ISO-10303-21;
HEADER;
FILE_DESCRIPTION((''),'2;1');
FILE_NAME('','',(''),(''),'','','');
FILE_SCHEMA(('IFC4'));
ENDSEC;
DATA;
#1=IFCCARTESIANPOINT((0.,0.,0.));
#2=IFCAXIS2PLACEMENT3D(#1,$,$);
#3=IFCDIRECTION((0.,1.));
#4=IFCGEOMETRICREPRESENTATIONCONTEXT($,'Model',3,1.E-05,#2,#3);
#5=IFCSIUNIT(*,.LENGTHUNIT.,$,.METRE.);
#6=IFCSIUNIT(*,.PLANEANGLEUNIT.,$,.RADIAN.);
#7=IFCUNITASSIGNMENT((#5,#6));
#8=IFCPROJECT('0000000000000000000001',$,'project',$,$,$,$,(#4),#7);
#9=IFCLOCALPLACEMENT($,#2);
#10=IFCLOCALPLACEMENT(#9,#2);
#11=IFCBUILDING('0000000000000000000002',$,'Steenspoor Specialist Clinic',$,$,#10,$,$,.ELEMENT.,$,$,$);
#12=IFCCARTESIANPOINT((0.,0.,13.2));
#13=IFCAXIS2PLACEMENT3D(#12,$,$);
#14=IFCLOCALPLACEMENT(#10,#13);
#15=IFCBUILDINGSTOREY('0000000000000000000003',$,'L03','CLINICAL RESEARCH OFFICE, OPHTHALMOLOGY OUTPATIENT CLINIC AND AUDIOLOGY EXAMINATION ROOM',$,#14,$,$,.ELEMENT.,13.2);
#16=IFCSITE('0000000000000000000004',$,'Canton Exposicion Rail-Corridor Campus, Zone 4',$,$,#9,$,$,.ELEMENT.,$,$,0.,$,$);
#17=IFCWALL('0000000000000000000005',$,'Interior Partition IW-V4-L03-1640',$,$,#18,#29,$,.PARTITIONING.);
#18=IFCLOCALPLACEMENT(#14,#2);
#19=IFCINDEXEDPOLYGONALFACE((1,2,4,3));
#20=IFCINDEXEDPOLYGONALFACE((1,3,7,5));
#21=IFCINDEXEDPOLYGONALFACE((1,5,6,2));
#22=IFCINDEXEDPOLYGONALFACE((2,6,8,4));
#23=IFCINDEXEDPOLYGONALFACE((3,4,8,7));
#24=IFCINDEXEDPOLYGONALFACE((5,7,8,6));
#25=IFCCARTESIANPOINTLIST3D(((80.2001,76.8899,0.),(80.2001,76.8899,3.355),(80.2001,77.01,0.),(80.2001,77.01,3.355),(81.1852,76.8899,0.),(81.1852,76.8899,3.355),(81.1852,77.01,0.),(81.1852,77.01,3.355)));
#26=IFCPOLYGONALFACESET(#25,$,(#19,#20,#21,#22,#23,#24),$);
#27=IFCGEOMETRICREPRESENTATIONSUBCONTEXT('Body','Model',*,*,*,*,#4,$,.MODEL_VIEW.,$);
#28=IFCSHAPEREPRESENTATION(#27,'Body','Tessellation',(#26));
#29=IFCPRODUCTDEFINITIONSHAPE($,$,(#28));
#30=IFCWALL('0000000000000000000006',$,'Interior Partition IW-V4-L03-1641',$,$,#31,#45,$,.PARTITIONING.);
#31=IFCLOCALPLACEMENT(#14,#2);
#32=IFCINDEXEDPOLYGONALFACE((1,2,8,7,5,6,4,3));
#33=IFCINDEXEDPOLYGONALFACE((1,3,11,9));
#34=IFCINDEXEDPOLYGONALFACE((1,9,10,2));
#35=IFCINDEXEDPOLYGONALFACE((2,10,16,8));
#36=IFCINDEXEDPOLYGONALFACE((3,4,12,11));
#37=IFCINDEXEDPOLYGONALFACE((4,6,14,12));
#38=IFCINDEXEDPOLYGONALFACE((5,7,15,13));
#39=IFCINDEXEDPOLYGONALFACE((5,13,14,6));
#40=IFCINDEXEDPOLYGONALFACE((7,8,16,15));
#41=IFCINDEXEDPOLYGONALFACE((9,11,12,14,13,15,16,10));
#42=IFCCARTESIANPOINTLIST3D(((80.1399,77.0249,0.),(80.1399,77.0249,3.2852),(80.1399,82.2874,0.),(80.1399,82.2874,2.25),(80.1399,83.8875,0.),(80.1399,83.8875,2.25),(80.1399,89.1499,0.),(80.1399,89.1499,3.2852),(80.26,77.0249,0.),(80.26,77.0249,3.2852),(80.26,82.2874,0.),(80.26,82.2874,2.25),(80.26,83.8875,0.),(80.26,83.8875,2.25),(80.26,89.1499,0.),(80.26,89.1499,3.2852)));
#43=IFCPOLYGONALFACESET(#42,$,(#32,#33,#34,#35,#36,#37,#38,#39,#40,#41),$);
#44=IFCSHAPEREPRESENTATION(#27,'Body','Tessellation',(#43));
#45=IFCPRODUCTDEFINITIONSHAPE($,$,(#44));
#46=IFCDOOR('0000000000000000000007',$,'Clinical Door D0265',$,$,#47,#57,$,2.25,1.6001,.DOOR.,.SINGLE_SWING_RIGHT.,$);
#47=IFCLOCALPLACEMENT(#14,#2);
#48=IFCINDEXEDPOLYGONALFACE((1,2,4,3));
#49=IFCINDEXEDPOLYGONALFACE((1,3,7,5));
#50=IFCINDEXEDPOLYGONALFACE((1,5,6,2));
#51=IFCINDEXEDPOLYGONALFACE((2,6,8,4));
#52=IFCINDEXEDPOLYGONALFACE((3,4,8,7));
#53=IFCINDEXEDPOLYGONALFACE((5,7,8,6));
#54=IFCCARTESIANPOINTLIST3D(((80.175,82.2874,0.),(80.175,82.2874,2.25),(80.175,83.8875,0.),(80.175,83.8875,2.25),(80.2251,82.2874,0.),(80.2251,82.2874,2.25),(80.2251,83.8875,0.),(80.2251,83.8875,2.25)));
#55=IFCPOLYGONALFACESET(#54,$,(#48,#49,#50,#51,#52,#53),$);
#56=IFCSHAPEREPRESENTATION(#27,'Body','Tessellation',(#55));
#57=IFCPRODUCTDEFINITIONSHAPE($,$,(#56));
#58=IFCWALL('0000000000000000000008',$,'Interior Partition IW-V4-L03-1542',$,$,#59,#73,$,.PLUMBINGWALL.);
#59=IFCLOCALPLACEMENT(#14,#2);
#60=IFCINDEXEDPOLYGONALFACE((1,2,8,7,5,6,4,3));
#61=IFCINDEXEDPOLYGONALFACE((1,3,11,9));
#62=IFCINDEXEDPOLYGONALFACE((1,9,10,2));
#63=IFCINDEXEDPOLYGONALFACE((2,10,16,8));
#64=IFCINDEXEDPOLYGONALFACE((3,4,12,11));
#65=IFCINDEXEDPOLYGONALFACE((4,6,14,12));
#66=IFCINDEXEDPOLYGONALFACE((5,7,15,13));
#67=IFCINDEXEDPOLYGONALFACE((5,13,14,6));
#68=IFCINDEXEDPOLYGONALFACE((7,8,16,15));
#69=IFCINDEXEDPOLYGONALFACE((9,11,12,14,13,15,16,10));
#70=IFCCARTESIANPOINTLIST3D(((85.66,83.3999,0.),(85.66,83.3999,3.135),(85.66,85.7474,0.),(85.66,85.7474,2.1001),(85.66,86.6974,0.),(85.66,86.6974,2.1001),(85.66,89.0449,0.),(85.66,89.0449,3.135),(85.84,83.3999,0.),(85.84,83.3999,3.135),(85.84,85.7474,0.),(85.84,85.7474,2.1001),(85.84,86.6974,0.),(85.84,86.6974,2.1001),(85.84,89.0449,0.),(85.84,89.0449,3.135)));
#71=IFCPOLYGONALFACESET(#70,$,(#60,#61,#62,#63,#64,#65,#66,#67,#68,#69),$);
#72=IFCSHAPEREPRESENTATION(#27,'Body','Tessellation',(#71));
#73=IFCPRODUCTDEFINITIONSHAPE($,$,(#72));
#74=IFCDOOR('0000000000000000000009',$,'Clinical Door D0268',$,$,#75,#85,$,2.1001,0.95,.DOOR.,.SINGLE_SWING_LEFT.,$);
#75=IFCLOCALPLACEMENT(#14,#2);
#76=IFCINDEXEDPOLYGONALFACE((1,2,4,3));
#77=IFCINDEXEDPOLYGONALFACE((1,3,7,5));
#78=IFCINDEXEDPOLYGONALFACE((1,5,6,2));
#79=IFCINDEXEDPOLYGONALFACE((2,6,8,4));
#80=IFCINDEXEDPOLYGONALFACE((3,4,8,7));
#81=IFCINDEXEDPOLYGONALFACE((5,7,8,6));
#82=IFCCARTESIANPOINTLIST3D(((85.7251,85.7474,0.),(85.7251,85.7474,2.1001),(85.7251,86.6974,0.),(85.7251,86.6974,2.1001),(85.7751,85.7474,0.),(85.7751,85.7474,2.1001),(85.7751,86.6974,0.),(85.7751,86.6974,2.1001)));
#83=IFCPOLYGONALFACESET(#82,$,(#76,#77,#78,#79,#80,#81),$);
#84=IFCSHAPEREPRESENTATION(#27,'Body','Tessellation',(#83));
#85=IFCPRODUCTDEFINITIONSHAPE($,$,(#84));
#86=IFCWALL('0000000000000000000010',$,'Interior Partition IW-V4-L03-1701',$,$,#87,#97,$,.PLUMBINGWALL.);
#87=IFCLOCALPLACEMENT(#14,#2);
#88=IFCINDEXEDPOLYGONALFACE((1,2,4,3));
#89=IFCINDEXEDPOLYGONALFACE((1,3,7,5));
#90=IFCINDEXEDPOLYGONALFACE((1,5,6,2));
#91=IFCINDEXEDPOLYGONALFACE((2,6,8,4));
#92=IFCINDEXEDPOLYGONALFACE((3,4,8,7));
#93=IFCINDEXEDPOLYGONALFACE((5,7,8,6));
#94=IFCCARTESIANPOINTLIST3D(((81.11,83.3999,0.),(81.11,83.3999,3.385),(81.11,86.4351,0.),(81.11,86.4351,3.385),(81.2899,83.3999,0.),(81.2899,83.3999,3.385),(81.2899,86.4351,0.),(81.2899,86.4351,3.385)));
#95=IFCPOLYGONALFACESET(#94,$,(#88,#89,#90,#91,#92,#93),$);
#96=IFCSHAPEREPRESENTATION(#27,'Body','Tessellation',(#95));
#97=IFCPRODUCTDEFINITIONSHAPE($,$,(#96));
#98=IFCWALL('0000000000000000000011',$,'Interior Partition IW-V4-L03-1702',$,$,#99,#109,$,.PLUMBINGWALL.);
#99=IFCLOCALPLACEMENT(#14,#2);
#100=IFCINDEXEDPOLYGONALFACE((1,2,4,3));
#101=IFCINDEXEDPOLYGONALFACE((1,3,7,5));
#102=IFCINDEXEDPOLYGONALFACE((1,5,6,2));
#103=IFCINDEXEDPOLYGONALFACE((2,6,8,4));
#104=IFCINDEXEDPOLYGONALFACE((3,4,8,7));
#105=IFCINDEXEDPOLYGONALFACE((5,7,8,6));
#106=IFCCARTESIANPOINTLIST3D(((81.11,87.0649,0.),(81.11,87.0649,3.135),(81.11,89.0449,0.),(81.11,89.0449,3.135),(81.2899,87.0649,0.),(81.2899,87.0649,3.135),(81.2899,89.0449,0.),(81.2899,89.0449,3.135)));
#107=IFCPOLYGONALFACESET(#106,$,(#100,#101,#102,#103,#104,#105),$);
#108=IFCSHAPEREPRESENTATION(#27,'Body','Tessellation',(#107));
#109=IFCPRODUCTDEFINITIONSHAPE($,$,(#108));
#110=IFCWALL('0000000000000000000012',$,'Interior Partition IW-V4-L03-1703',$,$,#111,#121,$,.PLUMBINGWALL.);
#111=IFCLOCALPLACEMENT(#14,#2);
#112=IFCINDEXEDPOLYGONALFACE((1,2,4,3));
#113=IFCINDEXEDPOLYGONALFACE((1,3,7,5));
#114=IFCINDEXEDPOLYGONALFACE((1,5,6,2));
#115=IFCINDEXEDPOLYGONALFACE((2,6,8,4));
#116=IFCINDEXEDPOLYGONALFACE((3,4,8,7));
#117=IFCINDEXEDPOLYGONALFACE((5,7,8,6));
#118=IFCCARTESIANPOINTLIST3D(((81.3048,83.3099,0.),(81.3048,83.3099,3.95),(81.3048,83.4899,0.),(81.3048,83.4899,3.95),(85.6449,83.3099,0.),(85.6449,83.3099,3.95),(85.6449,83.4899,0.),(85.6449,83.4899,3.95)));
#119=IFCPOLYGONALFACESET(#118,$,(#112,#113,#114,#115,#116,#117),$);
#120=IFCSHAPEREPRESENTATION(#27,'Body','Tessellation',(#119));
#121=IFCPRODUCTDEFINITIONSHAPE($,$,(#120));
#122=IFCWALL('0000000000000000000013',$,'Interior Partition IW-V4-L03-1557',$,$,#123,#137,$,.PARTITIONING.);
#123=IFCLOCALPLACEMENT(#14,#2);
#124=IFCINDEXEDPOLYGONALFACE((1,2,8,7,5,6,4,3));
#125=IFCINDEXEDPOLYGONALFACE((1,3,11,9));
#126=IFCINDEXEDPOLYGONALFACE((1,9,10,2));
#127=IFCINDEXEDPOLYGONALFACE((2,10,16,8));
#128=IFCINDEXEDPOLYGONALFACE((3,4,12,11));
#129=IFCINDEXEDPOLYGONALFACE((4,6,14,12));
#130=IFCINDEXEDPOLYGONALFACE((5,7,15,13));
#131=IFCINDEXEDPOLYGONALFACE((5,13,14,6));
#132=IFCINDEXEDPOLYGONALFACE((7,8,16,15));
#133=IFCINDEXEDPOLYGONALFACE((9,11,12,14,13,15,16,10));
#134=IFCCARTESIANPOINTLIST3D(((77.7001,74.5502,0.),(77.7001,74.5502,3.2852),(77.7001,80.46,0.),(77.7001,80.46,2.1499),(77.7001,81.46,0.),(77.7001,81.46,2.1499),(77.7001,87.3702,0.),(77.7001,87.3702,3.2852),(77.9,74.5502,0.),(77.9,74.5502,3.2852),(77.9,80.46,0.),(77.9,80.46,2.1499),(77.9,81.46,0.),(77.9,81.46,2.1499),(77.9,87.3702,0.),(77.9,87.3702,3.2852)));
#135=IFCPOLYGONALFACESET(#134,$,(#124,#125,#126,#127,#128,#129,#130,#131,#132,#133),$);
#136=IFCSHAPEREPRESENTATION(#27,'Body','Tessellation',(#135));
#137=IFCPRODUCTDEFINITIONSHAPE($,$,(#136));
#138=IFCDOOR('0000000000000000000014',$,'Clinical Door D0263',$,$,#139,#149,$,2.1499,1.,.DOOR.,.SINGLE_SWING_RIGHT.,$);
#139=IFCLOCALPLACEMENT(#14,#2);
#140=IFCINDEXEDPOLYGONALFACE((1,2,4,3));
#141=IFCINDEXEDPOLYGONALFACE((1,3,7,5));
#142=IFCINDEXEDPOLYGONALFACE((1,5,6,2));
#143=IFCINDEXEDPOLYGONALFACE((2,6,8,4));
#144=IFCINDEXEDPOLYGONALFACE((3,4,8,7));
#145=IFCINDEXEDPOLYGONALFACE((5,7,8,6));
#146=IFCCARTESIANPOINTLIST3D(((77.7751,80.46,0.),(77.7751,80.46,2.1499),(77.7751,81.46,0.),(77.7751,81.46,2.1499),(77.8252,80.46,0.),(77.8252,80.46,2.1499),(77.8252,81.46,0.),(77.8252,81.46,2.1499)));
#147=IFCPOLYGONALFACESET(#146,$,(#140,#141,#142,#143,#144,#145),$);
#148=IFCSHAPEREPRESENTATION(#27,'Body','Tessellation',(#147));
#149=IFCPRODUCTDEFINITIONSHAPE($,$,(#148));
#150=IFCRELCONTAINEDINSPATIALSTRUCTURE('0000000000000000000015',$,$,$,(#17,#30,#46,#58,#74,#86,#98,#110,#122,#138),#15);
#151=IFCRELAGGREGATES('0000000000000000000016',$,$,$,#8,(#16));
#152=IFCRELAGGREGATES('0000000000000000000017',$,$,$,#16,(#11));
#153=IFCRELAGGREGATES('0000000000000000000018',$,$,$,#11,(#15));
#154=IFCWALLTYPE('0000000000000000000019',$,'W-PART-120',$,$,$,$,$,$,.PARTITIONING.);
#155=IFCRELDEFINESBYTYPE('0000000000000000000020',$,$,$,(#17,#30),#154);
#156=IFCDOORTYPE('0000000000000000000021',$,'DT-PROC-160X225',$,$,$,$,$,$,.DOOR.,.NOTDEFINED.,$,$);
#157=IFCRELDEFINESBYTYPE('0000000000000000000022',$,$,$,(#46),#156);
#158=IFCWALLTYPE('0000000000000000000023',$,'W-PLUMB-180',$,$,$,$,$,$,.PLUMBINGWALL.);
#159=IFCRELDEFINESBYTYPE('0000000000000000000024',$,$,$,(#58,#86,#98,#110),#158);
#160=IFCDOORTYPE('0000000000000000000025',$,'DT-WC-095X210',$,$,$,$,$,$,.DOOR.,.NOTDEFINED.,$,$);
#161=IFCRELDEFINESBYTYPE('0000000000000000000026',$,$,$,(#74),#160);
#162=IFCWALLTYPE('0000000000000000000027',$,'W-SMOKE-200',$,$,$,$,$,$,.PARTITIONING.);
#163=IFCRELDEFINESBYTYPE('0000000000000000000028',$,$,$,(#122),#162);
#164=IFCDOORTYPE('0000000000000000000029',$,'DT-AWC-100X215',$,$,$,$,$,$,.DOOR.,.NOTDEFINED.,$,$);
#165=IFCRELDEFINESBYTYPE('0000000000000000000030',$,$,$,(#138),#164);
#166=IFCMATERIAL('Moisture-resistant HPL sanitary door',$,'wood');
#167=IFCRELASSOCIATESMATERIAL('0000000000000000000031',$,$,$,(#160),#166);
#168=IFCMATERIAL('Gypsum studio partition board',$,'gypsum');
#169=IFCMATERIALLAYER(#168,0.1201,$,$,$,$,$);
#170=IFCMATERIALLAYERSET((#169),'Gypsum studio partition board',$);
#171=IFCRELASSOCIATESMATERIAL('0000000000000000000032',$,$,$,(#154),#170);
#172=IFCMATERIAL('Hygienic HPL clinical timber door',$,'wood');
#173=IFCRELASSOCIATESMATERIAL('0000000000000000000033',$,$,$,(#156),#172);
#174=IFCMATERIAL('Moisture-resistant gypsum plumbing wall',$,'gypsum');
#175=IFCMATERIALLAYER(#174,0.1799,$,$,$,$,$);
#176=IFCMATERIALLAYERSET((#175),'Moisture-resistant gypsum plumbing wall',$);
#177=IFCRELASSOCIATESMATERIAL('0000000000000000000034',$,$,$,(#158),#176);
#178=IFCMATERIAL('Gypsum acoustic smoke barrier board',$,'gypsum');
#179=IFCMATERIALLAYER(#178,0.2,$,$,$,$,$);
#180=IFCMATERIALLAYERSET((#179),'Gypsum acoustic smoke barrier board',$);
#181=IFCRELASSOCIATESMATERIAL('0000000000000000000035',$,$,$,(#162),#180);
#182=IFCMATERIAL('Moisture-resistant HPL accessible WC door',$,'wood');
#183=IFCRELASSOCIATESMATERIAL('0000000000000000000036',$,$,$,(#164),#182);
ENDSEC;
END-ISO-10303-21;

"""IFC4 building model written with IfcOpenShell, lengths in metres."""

from ifc_helpers import new_model, si_unit, direction, frame, frame_2d, origin, place, context, subcontext, project, spatial, rectangle, extrude, material, layer, layer_set, type_object, element, fill, save


model = new_model("IFC4")

# Units and contexts
model_context = context("Model", 3, precision=1e-05, world=origin(), true_north=direction((0.0, 1.0)))
body_context = subcontext(model_context, "Body", "Model", "MODEL_VIEW")
ifc_project = project(units=[si_unit("LENGTHUNIT", "METRE"), si_unit("PLANEANGLEUNIT", "RADIAN")], contexts=[model_context])

# Site, building, storey
site_placement = place(None, origin())
site = spatial("IfcSite", under=ifc_project, at=site_placement, Name="Canton Exposicion Rail-Corridor Campus, Zone 4", CompositionType="ELEMENT", RefElevation=0.0)
building_placement = place(site_placement, origin())
building = spatial("IfcBuilding", under=site, at=building_placement, Name="Steenspoor Specialist Clinic", CompositionType="ELEMENT")
storey_placement = place(building_placement, frame((0.0, 0.0, 13.2)))
storey = spatial("IfcBuildingStorey", under=building, at=storey_placement, Name="L03", Description="CLINICAL RESEARCH OFFICE, OPHTHALMOLOGY OUTPATIENT CLINIC AND AUDIOLOGY EXAMINATION ROOM", CompositionType="ELEMENT", Elevation=13.2)

# Shared definitions
ifc_material_1 = material(Name="Moisture-resistant HPL sanitary door", Category="wood")
door_type_1 = type_object("IfcDoorType", Name="DT-WC-095X210", OperationType="NOTDEFINED", PredefinedType="DOOR", material=ifc_material_1)

# Wall
ifc_material_2 = material(Name="Gypsum studio partition board", Category="gypsum")
ifc_layer_1 = layer(ifc_material_2, 0.1201)
ifc_layer_set_1 = layer_set([ifc_layer_1], Name="Gypsum studio partition board")
wall_type_1 = type_object("IfcWallType", Name="W-PART-120", PredefinedType="PARTITIONING", material=ifc_layer_set_1)
wall_1_placement = place(storey_placement, frame((80.2, 76.95, 0.0), z_axis=(0.0, 0.0, 1.0), x_axis=(1.0, 0.0, 0.0)))
element("IfcWall", 1, at=wall_1_placement, inside=storey, type_object=wall_type_1, Name="Interior Partition IW-V4-L03-1640", PredefinedType="PARTITIONING", context=body_context, shape_type="SweptSolid", body=[
    extrude(rectangle(XDim=0.9851, YDim=0.1201, at=frame_2d((0.4927, 0.0))), origin(), (0.0, 0.0, 1.0), 3.355),
])

# Walls, openings, doors
wall_2_placement = place(storey_placement, frame((80.2, 77.0249, 0.0), z_axis=(0.0, 0.0, 1.0), x_axis=(0.0, 1.0, 0.0)))
wall_2 = element("IfcWall", 2, at=wall_2_placement, inside=storey, type_object=wall_type_1, Name="Interior Partition IW-V4-L03-1641", PredefinedType="PARTITIONING", context=body_context, shape_type="SweptSolid", body=[
    extrude(rectangle(XDim=12.125, YDim=0.1201, at=frame_2d((6.0625, 0.0))), origin(), (0.0, 0.0, 1.0), 3.2852),
])
opening_1_placement = place(wall_2_placement, frame((5.2625, 0.0, 0.0)))
opening_1 = element("IfcOpeningElement", 3, at=opening_1_placement, cuts=wall_2, PredefinedType="OPENING", context=body_context, shape_type="SweptSolid", body=[
    extrude(rectangle(XDim=1.6001, YDim=2.25, at=frame_2d((0.8, 1.125))), frame((0.0, 0.0701, 0.0), z_axis=(0.0, -1.0, 0.0), x_axis=(1.0, 0.0, 0.0)), (0.0, 0.0, 1.0), 0.1401),
])
ifc_material_3 = material(Name="Hygienic HPL clinical timber door", Category="wood")
door_type_2 = type_object("IfcDoorType", Name="DT-PROC-160X225", OperationType="NOTDEFINED", PredefinedType="DOOR", material=ifc_material_3)
door_1_placement = place(opening_1_placement, origin())
door_1 = element("IfcDoor", 4, at=door_1_placement, inside=storey, type_object=door_type_2, Name="Clinical Door D0265", OperationType="SINGLE_SWING_RIGHT", OverallHeight=2.25, OverallWidth=1.6001, PredefinedType="DOOR", context=body_context, shape_type="SweptSolid", body=[
    extrude(rectangle(XDim=1.6001, YDim=2.25, at=frame_2d((0.8, 1.125))), frame((0.0, 0.0249, 0.0), z_axis=(0.0, -1.0, 0.0), x_axis=(1.0, 0.0, 0.0)), (0.0, 0.0, 1.0), 0.05),
])
fill(opening_1, door_1)
ifc_material_4 = material(Name="Moisture-resistant gypsum plumbing wall", Category="gypsum")
ifc_layer_2 = layer(ifc_material_4, 0.1799)
ifc_layer_set_2 = layer_set([ifc_layer_2], Name="Moisture-resistant gypsum plumbing wall")
wall_type_2 = type_object("IfcWallType", Name="W-PLUMB-180", PredefinedType="PLUMBINGWALL", material=ifc_layer_set_2)
wall_3_placement = place(storey_placement, frame((85.75, 83.3999, 0.0), z_axis=(0.0, 0.0, 1.0), x_axis=(0.0, 1.0, 0.0)))
wall_3 = element("IfcWall", 5, at=wall_3_placement, inside=storey, type_object=wall_type_2, Name="Interior Partition IW-V4-L03-1542", PredefinedType="PLUMBINGWALL", context=body_context, shape_type="SweptSolid", body=[
    extrude(rectangle(XDim=5.645, YDim=0.1799, at=frame_2d((2.8225, 0.0))), origin(), (0.0, 0.0, 1.0), 3.135),
])
opening_2_placement = place(wall_3_placement, frame((2.3474, 0.0, 0.0)))
opening_2 = element("IfcOpeningElement", 6, at=opening_2_placement, cuts=wall_3, PredefinedType="OPENING", context=body_context, shape_type="SweptSolid", body=[
    extrude(rectangle(XDim=0.95, YDim=2.1001, at=frame_2d((0.4751, 1.05))), frame((0.0, 0.1001, 0.0), z_axis=(0.0, -1.0, 0.0), x_axis=(1.0, 0.0, 0.0)), (0.0, 0.0, 1.0), 0.2),
])
door_2_placement = place(opening_2_placement, origin())
door_2 = element("IfcDoor", 7, at=door_2_placement, inside=storey, type_object=door_type_1, Name="Clinical Door D0268", OperationType="SINGLE_SWING_LEFT", OverallHeight=2.1001, OverallWidth=0.95, PredefinedType="DOOR", context=body_context, shape_type="SweptSolid", body=[
    extrude(rectangle(XDim=0.95, YDim=2.1001, at=frame_2d((0.4751, 1.05))), frame((0.0, 0.0249, 0.0), z_axis=(0.0, -1.0, 0.0), x_axis=(1.0, 0.0, 0.0)), (0.0, 0.0, 1.0), 0.05),
])
fill(opening_2, door_2)

# Walls
wall_4_placement = place(storey_placement, frame((81.2, 83.3999, 0.0), z_axis=(0.0, 0.0, 1.0), x_axis=(0.0, 1.0, 0.0)))
element("IfcWall", 8, at=wall_4_placement, inside=storey, type_object=wall_type_2, Name="Interior Partition IW-V4-L03-1701", PredefinedType="PLUMBINGWALL", context=body_context, shape_type="SweptSolid", body=[
    extrude(rectangle(XDim=3.0352, YDim=0.1799, at=frame_2d((1.5176, 0.0))), origin(), (0.0, 0.0, 1.0), 3.385),
])
wall_5_placement = place(storey_placement, frame((81.2, 87.0649, 0.0), z_axis=(0.0, 0.0, 1.0), x_axis=(0.0, 1.0, 0.0)))
element("IfcWall", 9, at=wall_5_placement, inside=storey, type_object=wall_type_2, Name="Interior Partition IW-V4-L03-1702", PredefinedType="PLUMBINGWALL", context=body_context, shape_type="SweptSolid", body=[
    extrude(rectangle(XDim=1.98, YDim=0.1799, at=frame_2d((0.99, 0.0))), origin(), (0.0, 0.0, 1.0), 3.135),
])
wall_6_placement = place(storey_placement, frame((81.3049, 83.3999, 0.0), z_axis=(0.0, 0.0, 1.0), x_axis=(1.0, 0.0, 0.0)))
element("IfcWall", 10, at=wall_6_placement, inside=storey, type_object=wall_type_2, Name="Interior Partition IW-V4-L03-1703", PredefinedType="PLUMBINGWALL", context=body_context, shape_type="SweptSolid", body=[
    extrude(rectangle(XDim=4.3401, YDim=0.1799, at=frame_2d((2.1699, 0.0))), origin(), (0.0, 0.0, 1.0), 3.95),
])

# Wall, opening, door
ifc_material_5 = material(Name="Gypsum acoustic smoke barrier board", Category="gypsum")
ifc_layer_3 = layer(ifc_material_5, 0.2)
ifc_layer_set_3 = layer_set([ifc_layer_3], Name="Gypsum acoustic smoke barrier board")
wall_type_3 = type_object("IfcWallType", Name="W-SMOKE-200", PredefinedType="PARTITIONING", material=ifc_layer_set_3)
wall_7_placement = place(storey_placement, frame((77.8, 74.55, 0.0), z_axis=(0.0, 0.0, 1.0), x_axis=(0.0, 1.0, 0.0)))
wall_7 = element("IfcWall", 11, at=wall_7_placement, inside=storey, type_object=wall_type_3, Name="Interior Partition IW-V4-L03-1557", PredefinedType="PARTITIONING", context=body_context, shape_type="SweptSolid", body=[
    extrude(rectangle(XDim=12.8201, YDim=0.2, at=frame_2d((6.4102, 0.0))), origin(), (0.0, 0.0, 1.0), 3.2852),
])
opening_3_placement = place(wall_7_placement, frame((5.9099, 0.0, 0.0)))
opening_3 = element("IfcOpeningElement", 12, at=opening_3_placement, cuts=wall_7, PredefinedType="OPENING", context=body_context, shape_type="SweptSolid", body=[
    extrude(rectangle(XDim=1.0, YDim=2.1499, at=frame_2d((0.5, 1.075))), frame((0.0, 0.1099, 0.0), z_axis=(0.0, -1.0, 0.0), x_axis=(1.0, 0.0, 0.0)), (0.0, 0.0, 1.0), 0.22),
])
ifc_material_6 = material(Name="Moisture-resistant HPL accessible WC door", Category="wood")
door_type_3 = type_object("IfcDoorType", Name="DT-AWC-100X215", OperationType="NOTDEFINED", PredefinedType="DOOR", material=ifc_material_6)
door_3_placement = place(opening_3_placement, origin())
door_3 = element("IfcDoor", 13, at=door_3_placement, inside=storey, type_object=door_type_3, Name="Clinical Door D0263", OperationType="SINGLE_SWING_RIGHT", OverallHeight=2.1499, OverallWidth=1.0, PredefinedType="DOOR", context=body_context, shape_type="SweptSolid", body=[
    extrude(rectangle(XDim=1.0, YDim=2.1499, at=frame_2d((0.5, 1.075))), frame((0.0, 0.0249, 0.0), z_axis=(0.0, -1.0, 0.0), x_axis=(1.0, 0.0, 0.0)), (0.0, 0.0, 1.0), 0.05),
])
fill(opening_3, door_3)

save(model, "model.ifc")
